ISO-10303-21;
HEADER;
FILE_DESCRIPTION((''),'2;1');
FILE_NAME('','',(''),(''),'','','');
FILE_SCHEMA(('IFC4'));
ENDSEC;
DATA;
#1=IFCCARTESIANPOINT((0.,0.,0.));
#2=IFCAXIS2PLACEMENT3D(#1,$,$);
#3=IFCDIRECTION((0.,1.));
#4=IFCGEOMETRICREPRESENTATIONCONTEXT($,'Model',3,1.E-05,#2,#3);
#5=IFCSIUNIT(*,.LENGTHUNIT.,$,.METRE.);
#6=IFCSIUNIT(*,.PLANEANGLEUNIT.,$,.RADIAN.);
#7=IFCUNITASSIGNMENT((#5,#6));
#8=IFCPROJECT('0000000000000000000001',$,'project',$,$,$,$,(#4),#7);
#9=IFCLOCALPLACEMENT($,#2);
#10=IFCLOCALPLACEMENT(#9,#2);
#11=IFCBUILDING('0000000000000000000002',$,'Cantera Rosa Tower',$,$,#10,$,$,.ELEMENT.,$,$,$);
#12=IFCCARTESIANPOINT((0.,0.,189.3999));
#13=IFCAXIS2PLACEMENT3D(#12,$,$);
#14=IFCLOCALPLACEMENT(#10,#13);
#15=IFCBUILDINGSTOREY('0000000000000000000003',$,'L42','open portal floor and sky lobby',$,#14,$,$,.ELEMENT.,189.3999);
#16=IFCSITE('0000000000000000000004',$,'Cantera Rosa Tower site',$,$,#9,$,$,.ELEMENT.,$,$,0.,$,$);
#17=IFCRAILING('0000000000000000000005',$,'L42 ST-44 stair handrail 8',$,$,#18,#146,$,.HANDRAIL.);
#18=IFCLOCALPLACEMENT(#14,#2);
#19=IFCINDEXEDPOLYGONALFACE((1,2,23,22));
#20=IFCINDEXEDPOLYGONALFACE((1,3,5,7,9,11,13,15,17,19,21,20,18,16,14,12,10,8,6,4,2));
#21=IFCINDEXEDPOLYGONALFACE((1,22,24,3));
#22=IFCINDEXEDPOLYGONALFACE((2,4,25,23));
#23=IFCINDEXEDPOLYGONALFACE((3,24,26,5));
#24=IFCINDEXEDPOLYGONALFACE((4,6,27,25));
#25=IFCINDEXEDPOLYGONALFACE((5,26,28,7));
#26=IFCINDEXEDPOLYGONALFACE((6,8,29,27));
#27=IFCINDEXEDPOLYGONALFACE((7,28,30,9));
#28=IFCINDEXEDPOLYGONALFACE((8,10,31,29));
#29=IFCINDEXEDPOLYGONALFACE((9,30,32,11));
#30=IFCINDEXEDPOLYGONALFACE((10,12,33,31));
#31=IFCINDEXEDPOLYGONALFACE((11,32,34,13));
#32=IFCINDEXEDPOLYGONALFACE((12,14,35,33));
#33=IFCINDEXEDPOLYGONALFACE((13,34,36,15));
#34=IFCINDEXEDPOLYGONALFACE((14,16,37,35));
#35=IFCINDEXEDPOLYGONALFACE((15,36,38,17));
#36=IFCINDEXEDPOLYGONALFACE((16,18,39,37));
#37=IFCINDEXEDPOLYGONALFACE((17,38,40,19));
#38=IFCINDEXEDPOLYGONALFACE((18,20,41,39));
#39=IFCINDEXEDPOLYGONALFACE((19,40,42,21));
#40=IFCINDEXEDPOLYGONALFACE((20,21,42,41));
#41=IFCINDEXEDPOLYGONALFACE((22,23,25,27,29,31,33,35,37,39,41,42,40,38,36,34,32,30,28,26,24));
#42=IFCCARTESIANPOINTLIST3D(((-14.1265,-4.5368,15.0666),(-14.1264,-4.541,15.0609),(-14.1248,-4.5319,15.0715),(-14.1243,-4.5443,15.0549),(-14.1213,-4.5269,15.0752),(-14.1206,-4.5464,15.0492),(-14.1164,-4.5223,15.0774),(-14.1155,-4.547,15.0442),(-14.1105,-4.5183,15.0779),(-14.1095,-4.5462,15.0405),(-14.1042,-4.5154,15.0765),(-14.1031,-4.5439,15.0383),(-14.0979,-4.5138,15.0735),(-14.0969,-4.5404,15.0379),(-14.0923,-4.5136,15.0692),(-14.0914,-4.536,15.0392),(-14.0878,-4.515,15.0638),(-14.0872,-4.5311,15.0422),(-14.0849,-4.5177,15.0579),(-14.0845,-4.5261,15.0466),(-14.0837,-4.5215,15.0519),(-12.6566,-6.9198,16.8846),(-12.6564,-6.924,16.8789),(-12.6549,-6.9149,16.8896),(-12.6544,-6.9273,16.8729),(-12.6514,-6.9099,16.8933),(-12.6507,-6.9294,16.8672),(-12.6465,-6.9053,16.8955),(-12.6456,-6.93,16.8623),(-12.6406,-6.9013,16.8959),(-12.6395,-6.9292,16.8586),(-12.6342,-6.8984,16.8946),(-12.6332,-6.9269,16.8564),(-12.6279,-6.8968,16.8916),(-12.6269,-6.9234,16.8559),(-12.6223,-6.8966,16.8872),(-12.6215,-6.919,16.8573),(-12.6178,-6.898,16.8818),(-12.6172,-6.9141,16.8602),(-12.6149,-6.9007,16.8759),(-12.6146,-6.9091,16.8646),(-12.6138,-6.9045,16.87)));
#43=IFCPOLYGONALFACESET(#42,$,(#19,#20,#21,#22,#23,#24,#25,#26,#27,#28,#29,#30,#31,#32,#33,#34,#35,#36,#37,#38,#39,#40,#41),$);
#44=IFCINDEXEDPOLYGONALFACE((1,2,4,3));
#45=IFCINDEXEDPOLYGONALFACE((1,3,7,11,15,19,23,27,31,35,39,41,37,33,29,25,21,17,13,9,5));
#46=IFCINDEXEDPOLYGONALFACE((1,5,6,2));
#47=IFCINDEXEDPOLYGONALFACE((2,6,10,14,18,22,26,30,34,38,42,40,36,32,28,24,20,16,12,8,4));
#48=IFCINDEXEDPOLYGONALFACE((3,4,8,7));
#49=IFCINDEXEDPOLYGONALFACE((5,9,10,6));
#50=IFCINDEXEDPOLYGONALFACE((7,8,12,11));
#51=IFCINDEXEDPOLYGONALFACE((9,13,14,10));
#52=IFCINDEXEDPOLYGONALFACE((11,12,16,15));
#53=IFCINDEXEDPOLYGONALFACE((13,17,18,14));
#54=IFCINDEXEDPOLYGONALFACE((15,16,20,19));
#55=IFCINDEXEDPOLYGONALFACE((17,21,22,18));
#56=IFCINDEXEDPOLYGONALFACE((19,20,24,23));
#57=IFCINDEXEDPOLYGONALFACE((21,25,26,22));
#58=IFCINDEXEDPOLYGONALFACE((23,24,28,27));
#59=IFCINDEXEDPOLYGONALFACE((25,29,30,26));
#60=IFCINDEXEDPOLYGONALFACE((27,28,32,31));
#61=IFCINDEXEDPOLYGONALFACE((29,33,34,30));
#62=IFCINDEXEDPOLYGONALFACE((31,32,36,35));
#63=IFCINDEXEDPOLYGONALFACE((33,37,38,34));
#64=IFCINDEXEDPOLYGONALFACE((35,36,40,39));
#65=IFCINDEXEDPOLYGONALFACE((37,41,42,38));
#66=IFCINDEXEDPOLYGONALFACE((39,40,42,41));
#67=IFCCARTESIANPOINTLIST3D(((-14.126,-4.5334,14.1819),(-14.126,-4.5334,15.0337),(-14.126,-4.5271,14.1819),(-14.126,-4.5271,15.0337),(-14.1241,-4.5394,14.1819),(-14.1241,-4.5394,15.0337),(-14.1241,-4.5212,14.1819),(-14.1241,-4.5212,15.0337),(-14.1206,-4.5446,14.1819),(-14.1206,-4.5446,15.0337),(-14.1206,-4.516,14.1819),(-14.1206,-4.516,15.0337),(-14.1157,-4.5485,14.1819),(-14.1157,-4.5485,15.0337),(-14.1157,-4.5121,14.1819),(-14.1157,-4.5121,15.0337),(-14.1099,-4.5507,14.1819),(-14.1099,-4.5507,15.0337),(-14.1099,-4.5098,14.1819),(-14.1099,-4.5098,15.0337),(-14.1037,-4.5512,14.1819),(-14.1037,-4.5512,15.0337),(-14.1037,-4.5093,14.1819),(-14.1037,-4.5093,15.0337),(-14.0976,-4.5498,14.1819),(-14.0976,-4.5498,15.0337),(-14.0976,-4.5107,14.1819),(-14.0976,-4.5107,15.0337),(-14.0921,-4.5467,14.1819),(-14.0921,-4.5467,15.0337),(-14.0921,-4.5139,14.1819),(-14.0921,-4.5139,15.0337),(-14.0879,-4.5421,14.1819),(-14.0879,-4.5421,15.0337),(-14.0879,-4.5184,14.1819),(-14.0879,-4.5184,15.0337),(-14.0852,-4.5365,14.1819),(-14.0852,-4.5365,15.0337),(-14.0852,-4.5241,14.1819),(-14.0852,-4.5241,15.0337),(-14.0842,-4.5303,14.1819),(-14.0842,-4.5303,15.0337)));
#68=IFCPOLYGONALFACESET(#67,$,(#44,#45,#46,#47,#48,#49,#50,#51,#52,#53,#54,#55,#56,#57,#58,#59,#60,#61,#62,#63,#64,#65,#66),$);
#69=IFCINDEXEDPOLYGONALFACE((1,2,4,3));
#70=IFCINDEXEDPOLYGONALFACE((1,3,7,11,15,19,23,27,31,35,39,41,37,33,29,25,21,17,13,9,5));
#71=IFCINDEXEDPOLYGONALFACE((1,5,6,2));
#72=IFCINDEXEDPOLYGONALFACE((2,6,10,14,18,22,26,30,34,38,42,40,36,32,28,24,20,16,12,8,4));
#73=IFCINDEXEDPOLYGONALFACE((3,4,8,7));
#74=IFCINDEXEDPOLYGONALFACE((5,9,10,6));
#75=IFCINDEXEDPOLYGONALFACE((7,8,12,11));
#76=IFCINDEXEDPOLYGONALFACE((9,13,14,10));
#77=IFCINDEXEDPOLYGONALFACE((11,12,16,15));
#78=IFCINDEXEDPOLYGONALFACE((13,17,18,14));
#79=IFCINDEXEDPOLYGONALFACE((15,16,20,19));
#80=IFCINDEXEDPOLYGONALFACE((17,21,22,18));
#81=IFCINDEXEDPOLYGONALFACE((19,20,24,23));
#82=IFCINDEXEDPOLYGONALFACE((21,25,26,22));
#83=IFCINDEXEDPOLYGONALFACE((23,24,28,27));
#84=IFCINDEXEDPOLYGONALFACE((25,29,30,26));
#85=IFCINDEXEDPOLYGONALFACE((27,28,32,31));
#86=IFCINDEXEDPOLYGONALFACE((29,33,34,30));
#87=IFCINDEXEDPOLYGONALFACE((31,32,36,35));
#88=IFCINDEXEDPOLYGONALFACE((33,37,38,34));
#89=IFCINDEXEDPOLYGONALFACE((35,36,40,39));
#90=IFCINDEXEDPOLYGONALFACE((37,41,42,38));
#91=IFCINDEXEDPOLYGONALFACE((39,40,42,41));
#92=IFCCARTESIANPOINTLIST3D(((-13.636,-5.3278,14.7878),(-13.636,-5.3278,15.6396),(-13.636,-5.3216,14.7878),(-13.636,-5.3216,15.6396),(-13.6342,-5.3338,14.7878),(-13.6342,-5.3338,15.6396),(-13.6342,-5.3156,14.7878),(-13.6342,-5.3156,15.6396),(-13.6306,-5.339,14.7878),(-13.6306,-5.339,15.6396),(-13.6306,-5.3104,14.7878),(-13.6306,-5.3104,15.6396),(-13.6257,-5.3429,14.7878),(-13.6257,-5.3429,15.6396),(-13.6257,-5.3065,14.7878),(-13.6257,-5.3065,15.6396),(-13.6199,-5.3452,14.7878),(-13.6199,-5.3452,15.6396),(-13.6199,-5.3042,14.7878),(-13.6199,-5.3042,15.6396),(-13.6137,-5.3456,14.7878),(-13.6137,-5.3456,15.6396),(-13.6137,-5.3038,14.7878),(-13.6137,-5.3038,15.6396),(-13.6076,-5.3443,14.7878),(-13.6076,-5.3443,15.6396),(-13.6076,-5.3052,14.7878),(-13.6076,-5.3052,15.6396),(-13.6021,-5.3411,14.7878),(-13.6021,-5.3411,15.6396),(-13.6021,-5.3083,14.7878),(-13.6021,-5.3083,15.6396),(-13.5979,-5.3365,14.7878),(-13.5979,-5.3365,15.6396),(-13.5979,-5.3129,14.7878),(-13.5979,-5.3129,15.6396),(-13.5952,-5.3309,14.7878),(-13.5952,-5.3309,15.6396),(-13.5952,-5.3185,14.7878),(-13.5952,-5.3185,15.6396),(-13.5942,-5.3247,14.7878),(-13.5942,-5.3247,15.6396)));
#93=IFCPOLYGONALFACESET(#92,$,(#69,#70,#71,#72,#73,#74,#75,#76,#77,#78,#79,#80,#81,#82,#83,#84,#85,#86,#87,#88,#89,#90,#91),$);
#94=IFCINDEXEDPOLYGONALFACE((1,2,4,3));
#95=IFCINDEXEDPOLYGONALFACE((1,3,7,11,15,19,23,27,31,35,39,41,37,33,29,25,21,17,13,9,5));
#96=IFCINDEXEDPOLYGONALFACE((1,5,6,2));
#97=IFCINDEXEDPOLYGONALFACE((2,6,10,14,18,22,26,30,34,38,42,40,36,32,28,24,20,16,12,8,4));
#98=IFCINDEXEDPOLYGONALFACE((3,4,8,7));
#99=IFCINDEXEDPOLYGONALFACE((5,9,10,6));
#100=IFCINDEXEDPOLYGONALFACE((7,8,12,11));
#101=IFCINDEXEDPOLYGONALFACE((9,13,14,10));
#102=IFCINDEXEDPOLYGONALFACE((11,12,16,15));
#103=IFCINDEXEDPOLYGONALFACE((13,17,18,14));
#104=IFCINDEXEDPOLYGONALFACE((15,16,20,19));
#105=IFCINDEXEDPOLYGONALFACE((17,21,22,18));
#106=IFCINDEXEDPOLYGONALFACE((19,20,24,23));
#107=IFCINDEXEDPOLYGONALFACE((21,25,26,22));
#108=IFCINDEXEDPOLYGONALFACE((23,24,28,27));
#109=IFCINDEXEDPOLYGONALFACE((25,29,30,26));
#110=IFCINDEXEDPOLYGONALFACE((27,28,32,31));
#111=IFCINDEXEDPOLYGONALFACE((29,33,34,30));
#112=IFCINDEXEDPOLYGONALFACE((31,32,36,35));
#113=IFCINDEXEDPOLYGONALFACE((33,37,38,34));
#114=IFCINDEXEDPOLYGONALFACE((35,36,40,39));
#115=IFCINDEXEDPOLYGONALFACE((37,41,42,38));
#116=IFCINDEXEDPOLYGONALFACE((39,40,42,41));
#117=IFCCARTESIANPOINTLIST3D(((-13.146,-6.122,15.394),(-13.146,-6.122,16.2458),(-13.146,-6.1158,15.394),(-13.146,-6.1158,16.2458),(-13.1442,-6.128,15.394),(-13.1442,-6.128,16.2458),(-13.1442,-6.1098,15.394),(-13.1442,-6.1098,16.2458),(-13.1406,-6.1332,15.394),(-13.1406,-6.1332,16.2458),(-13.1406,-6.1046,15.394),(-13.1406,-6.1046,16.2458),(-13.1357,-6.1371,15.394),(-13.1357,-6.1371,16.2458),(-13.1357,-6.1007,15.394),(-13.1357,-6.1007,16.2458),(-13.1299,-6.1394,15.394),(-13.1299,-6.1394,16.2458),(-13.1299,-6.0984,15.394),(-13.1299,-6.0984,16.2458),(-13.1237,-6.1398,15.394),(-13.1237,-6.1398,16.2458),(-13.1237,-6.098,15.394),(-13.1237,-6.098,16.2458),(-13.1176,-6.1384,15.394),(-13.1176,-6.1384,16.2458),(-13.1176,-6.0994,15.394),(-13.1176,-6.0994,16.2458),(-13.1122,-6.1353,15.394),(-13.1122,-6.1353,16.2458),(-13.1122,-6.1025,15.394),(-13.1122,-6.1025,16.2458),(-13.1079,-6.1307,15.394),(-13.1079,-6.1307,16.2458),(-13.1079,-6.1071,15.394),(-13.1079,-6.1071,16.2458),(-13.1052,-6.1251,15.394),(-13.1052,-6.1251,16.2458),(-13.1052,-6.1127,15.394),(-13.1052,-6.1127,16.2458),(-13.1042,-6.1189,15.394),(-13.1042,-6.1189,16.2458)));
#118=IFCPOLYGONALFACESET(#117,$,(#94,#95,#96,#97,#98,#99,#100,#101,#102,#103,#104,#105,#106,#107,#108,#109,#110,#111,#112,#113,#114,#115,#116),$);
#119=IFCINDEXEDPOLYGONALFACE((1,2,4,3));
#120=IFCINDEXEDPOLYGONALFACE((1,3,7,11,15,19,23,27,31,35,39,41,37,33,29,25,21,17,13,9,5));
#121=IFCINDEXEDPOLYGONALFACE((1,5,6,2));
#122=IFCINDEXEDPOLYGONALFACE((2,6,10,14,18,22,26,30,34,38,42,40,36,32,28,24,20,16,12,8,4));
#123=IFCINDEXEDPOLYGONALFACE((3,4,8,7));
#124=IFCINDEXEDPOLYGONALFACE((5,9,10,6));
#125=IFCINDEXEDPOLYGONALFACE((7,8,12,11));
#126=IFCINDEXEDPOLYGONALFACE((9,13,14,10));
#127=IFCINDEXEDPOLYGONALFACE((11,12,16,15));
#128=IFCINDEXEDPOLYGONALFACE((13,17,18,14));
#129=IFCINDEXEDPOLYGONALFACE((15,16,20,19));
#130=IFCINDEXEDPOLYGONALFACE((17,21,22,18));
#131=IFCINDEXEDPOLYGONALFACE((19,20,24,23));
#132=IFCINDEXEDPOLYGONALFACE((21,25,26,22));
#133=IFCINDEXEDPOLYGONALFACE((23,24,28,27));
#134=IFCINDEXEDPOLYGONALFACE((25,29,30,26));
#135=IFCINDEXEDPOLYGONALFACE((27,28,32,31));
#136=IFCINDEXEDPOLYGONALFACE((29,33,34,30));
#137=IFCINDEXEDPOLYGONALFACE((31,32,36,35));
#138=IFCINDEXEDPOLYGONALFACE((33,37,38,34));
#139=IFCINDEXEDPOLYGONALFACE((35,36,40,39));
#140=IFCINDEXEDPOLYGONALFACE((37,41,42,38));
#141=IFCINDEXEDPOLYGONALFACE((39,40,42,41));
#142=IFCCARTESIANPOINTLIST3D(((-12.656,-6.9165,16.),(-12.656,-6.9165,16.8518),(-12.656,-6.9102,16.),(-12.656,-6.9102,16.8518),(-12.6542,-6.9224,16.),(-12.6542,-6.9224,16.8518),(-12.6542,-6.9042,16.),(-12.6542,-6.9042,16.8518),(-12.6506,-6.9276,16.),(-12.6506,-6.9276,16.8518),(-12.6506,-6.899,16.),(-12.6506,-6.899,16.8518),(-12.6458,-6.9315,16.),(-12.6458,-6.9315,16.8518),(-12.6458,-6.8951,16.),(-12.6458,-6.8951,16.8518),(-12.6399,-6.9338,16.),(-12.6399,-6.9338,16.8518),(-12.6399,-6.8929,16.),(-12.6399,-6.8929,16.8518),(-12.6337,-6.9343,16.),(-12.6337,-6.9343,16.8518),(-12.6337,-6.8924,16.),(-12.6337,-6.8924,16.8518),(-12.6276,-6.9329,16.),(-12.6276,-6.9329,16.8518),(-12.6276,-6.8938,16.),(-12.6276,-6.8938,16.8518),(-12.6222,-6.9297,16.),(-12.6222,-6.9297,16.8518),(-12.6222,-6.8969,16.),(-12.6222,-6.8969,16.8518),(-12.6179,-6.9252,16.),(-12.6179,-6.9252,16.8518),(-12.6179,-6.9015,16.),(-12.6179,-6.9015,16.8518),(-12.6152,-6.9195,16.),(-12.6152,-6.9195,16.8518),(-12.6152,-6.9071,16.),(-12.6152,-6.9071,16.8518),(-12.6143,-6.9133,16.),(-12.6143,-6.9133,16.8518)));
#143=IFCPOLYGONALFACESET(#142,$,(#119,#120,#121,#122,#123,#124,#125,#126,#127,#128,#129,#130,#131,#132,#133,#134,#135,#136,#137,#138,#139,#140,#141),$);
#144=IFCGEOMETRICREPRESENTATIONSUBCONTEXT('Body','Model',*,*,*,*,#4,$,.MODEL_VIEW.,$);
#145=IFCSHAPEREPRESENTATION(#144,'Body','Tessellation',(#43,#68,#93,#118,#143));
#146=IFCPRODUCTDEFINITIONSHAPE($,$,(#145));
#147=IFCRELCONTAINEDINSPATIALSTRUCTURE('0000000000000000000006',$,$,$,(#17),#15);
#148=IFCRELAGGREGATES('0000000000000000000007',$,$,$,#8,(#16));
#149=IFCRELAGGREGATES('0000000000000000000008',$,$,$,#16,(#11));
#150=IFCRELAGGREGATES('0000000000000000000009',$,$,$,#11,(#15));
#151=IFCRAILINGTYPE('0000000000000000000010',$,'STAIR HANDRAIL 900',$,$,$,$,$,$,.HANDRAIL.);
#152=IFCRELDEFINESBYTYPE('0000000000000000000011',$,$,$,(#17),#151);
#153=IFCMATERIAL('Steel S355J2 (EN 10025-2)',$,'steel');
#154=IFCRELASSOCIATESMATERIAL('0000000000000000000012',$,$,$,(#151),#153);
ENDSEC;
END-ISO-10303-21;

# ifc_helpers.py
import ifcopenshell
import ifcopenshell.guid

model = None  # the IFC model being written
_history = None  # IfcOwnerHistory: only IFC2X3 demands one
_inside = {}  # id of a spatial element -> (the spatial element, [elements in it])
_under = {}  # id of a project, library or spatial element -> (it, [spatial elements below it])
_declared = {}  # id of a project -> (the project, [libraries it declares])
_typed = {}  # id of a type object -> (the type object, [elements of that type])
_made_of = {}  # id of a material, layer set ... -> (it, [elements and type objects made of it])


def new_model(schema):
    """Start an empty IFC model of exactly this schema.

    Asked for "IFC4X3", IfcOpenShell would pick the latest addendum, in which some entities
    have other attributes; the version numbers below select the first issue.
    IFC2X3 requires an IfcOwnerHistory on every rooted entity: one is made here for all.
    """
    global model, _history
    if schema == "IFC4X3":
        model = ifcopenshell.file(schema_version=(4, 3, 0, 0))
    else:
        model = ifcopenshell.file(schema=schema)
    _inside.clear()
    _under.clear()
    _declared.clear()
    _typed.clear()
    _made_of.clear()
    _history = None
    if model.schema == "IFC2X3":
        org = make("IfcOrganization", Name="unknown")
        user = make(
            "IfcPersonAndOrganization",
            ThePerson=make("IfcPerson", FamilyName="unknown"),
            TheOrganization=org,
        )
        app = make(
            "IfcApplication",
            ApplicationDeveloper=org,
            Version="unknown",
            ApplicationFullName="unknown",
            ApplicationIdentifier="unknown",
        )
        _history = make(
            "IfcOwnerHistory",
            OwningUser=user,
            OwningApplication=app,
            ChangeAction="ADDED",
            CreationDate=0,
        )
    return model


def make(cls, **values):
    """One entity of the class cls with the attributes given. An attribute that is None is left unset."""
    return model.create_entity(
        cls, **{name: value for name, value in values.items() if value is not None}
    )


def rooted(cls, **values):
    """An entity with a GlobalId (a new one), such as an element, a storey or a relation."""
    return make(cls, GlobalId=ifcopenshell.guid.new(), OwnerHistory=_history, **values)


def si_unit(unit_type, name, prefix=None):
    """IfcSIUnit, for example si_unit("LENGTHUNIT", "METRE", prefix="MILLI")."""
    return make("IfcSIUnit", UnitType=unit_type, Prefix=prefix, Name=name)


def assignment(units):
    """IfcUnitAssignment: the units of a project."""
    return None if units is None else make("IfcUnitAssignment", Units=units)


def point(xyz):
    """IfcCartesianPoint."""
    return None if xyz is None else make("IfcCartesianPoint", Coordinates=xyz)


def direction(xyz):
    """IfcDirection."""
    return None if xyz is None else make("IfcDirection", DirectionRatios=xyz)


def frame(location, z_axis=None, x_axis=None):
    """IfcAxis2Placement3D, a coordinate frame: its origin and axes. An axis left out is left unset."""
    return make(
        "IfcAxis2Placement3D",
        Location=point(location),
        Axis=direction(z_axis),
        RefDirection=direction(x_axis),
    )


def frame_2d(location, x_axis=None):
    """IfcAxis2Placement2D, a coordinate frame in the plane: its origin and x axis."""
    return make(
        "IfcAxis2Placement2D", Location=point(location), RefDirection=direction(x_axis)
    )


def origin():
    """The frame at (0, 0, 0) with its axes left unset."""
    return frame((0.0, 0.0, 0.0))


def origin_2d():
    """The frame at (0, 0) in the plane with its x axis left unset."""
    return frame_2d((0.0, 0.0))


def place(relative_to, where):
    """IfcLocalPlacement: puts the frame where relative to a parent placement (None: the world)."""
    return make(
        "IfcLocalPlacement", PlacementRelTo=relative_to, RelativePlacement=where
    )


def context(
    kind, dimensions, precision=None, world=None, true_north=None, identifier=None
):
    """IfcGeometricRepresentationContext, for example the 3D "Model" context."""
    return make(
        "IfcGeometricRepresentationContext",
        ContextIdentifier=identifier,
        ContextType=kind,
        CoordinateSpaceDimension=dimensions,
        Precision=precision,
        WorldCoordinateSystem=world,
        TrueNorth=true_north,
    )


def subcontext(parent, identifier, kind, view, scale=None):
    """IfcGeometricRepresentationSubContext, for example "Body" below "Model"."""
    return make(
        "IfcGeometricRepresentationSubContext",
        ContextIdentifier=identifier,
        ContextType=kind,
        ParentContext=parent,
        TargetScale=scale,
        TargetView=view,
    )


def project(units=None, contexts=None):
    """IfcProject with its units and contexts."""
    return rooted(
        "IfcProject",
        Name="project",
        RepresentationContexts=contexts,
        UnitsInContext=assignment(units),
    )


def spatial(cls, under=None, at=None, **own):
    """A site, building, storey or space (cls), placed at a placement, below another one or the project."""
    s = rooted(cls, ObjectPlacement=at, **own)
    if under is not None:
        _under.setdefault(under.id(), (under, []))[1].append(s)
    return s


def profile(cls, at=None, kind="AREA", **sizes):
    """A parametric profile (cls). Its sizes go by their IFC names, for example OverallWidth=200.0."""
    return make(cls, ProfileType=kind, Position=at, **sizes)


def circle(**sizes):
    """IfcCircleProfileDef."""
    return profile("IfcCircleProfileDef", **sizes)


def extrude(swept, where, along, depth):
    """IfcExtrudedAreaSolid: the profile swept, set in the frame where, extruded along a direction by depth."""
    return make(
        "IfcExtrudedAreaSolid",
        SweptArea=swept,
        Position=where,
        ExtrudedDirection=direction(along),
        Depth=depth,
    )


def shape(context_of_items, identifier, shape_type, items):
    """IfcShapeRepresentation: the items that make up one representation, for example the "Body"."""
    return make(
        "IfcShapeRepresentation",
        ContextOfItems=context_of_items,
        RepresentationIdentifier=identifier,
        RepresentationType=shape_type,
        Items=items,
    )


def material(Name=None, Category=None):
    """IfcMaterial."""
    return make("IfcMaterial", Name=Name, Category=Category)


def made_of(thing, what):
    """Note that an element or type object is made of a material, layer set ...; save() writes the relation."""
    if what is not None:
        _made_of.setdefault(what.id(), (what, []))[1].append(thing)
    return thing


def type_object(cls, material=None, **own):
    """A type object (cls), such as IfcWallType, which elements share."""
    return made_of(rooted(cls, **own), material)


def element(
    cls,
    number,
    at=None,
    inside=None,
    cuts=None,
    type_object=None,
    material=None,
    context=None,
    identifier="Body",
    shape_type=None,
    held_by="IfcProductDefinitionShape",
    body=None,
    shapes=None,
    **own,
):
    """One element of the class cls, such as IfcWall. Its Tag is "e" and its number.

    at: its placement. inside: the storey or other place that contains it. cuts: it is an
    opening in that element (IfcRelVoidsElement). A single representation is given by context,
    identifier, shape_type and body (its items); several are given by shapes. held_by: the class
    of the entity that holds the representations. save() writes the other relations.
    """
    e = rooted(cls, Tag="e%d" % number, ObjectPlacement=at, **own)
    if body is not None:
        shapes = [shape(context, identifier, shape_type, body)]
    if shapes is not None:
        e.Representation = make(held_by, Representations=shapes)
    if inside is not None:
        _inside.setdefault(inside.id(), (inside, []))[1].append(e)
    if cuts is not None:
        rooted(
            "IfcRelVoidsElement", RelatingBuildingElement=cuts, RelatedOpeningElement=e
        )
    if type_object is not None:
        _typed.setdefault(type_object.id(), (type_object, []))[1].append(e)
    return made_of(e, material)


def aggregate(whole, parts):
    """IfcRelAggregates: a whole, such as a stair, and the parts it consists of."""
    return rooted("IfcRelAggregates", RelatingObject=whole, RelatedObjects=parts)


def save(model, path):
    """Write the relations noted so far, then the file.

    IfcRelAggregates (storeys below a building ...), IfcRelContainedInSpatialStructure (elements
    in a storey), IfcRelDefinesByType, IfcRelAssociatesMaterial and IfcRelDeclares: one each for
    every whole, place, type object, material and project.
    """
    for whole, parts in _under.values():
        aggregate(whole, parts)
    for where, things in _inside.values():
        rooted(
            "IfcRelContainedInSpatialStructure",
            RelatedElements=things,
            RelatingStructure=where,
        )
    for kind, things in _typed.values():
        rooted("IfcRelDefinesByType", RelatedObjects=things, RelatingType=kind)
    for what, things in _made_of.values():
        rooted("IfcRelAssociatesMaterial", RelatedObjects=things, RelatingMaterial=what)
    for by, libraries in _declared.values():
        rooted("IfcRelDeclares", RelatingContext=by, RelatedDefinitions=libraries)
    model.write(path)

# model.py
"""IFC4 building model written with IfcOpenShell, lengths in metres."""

from ifc_helpers import new_model, si_unit, direction, frame, origin, origin_2d, place, context, subcontext, project, spatial, circle, extrude, material, type_object, element, save


model = new_model("IFC4")

# Units and contexts
model_context = context("Model", 3, precision=1e-05, world=origin(), true_north=direction((0.0, 1.0)))
body_context = subcontext(model_context, "Body", "Model", "MODEL_VIEW")
ifc_project = project(units=[si_unit("LENGTHUNIT", "METRE"), si_unit("PLANEANGLEUNIT", "RADIAN")], contexts=[model_context])

# Site, building, storey
site_placement = place(None, origin())
site = spatial("IfcSite", under=ifc_project, at=site_placement, Name="Cantera Rosa Tower site", CompositionType="ELEMENT", RefElevation=0.0)
building_placement = place(site_placement, origin())
building = spatial("IfcBuilding", under=site, at=building_placement, Name="Cantera Rosa Tower", CompositionType="ELEMENT")
storey_placement = place(building_placement, frame((0.0, 0.0, 189.3999)))
storey = spatial("IfcBuildingStorey", under=building, at=storey_placement, Name="L42", Description="open portal floor and sky lobby", CompositionType="ELEMENT", Elevation=189.3999)

# Railing
ifc_material_1 = material(Name="Steel S355J2 (EN 10025-2)", Category="steel")
railing_type_1 = type_object("IfcRailingType", Name="STAIR HANDRAIL 900", PredefinedType="HANDRAIL", material=ifc_material_1)
for number, where, name in (
    (1, (-14.1052, -4.5303, 14.1819), "L42 ST-44 stair handrail 8"),
):
    element("IfcRailing", number, at=place(storey_placement, frame(where)), inside=storey, type_object=railing_type_1, Name=name, PredefinedType="HANDRAIL", context=body_context, shape_type="SweptSolid", body=[
        extrude(circle(Radius=0.0239, at=origin_2d()), frame((0.0, 0.0, 0.876), z_axis=(0.440314, -0.713819, 0.544597), x_axis=(0.851104, 0.524997, 0.0)), (0.0, 0.0, 1.0), 3.3384),
        extrude(circle(Radius=0.021, at=origin_2d()), origin(), (0.0, 0.0, 1.0), 0.8518),
        extrude(circle(Radius=0.021, at=origin_2d()), frame((0.49, -0.7944, 0.606)), (0.0, 0.0, 1.0), 0.8518),
        extrude(circle(Radius=0.021, at=origin_2d()), frame((0.98, -1.5886, 1.2122)), (0.0, 0.0, 1.0), 0.8518),
        extrude(circle(Radius=0.021, at=origin_2d()), frame((1.47, -2.3831, 1.8181)), (0.0, 0.0, 1.0), 0.8518),
    ])

save(model, "model.ifc")
